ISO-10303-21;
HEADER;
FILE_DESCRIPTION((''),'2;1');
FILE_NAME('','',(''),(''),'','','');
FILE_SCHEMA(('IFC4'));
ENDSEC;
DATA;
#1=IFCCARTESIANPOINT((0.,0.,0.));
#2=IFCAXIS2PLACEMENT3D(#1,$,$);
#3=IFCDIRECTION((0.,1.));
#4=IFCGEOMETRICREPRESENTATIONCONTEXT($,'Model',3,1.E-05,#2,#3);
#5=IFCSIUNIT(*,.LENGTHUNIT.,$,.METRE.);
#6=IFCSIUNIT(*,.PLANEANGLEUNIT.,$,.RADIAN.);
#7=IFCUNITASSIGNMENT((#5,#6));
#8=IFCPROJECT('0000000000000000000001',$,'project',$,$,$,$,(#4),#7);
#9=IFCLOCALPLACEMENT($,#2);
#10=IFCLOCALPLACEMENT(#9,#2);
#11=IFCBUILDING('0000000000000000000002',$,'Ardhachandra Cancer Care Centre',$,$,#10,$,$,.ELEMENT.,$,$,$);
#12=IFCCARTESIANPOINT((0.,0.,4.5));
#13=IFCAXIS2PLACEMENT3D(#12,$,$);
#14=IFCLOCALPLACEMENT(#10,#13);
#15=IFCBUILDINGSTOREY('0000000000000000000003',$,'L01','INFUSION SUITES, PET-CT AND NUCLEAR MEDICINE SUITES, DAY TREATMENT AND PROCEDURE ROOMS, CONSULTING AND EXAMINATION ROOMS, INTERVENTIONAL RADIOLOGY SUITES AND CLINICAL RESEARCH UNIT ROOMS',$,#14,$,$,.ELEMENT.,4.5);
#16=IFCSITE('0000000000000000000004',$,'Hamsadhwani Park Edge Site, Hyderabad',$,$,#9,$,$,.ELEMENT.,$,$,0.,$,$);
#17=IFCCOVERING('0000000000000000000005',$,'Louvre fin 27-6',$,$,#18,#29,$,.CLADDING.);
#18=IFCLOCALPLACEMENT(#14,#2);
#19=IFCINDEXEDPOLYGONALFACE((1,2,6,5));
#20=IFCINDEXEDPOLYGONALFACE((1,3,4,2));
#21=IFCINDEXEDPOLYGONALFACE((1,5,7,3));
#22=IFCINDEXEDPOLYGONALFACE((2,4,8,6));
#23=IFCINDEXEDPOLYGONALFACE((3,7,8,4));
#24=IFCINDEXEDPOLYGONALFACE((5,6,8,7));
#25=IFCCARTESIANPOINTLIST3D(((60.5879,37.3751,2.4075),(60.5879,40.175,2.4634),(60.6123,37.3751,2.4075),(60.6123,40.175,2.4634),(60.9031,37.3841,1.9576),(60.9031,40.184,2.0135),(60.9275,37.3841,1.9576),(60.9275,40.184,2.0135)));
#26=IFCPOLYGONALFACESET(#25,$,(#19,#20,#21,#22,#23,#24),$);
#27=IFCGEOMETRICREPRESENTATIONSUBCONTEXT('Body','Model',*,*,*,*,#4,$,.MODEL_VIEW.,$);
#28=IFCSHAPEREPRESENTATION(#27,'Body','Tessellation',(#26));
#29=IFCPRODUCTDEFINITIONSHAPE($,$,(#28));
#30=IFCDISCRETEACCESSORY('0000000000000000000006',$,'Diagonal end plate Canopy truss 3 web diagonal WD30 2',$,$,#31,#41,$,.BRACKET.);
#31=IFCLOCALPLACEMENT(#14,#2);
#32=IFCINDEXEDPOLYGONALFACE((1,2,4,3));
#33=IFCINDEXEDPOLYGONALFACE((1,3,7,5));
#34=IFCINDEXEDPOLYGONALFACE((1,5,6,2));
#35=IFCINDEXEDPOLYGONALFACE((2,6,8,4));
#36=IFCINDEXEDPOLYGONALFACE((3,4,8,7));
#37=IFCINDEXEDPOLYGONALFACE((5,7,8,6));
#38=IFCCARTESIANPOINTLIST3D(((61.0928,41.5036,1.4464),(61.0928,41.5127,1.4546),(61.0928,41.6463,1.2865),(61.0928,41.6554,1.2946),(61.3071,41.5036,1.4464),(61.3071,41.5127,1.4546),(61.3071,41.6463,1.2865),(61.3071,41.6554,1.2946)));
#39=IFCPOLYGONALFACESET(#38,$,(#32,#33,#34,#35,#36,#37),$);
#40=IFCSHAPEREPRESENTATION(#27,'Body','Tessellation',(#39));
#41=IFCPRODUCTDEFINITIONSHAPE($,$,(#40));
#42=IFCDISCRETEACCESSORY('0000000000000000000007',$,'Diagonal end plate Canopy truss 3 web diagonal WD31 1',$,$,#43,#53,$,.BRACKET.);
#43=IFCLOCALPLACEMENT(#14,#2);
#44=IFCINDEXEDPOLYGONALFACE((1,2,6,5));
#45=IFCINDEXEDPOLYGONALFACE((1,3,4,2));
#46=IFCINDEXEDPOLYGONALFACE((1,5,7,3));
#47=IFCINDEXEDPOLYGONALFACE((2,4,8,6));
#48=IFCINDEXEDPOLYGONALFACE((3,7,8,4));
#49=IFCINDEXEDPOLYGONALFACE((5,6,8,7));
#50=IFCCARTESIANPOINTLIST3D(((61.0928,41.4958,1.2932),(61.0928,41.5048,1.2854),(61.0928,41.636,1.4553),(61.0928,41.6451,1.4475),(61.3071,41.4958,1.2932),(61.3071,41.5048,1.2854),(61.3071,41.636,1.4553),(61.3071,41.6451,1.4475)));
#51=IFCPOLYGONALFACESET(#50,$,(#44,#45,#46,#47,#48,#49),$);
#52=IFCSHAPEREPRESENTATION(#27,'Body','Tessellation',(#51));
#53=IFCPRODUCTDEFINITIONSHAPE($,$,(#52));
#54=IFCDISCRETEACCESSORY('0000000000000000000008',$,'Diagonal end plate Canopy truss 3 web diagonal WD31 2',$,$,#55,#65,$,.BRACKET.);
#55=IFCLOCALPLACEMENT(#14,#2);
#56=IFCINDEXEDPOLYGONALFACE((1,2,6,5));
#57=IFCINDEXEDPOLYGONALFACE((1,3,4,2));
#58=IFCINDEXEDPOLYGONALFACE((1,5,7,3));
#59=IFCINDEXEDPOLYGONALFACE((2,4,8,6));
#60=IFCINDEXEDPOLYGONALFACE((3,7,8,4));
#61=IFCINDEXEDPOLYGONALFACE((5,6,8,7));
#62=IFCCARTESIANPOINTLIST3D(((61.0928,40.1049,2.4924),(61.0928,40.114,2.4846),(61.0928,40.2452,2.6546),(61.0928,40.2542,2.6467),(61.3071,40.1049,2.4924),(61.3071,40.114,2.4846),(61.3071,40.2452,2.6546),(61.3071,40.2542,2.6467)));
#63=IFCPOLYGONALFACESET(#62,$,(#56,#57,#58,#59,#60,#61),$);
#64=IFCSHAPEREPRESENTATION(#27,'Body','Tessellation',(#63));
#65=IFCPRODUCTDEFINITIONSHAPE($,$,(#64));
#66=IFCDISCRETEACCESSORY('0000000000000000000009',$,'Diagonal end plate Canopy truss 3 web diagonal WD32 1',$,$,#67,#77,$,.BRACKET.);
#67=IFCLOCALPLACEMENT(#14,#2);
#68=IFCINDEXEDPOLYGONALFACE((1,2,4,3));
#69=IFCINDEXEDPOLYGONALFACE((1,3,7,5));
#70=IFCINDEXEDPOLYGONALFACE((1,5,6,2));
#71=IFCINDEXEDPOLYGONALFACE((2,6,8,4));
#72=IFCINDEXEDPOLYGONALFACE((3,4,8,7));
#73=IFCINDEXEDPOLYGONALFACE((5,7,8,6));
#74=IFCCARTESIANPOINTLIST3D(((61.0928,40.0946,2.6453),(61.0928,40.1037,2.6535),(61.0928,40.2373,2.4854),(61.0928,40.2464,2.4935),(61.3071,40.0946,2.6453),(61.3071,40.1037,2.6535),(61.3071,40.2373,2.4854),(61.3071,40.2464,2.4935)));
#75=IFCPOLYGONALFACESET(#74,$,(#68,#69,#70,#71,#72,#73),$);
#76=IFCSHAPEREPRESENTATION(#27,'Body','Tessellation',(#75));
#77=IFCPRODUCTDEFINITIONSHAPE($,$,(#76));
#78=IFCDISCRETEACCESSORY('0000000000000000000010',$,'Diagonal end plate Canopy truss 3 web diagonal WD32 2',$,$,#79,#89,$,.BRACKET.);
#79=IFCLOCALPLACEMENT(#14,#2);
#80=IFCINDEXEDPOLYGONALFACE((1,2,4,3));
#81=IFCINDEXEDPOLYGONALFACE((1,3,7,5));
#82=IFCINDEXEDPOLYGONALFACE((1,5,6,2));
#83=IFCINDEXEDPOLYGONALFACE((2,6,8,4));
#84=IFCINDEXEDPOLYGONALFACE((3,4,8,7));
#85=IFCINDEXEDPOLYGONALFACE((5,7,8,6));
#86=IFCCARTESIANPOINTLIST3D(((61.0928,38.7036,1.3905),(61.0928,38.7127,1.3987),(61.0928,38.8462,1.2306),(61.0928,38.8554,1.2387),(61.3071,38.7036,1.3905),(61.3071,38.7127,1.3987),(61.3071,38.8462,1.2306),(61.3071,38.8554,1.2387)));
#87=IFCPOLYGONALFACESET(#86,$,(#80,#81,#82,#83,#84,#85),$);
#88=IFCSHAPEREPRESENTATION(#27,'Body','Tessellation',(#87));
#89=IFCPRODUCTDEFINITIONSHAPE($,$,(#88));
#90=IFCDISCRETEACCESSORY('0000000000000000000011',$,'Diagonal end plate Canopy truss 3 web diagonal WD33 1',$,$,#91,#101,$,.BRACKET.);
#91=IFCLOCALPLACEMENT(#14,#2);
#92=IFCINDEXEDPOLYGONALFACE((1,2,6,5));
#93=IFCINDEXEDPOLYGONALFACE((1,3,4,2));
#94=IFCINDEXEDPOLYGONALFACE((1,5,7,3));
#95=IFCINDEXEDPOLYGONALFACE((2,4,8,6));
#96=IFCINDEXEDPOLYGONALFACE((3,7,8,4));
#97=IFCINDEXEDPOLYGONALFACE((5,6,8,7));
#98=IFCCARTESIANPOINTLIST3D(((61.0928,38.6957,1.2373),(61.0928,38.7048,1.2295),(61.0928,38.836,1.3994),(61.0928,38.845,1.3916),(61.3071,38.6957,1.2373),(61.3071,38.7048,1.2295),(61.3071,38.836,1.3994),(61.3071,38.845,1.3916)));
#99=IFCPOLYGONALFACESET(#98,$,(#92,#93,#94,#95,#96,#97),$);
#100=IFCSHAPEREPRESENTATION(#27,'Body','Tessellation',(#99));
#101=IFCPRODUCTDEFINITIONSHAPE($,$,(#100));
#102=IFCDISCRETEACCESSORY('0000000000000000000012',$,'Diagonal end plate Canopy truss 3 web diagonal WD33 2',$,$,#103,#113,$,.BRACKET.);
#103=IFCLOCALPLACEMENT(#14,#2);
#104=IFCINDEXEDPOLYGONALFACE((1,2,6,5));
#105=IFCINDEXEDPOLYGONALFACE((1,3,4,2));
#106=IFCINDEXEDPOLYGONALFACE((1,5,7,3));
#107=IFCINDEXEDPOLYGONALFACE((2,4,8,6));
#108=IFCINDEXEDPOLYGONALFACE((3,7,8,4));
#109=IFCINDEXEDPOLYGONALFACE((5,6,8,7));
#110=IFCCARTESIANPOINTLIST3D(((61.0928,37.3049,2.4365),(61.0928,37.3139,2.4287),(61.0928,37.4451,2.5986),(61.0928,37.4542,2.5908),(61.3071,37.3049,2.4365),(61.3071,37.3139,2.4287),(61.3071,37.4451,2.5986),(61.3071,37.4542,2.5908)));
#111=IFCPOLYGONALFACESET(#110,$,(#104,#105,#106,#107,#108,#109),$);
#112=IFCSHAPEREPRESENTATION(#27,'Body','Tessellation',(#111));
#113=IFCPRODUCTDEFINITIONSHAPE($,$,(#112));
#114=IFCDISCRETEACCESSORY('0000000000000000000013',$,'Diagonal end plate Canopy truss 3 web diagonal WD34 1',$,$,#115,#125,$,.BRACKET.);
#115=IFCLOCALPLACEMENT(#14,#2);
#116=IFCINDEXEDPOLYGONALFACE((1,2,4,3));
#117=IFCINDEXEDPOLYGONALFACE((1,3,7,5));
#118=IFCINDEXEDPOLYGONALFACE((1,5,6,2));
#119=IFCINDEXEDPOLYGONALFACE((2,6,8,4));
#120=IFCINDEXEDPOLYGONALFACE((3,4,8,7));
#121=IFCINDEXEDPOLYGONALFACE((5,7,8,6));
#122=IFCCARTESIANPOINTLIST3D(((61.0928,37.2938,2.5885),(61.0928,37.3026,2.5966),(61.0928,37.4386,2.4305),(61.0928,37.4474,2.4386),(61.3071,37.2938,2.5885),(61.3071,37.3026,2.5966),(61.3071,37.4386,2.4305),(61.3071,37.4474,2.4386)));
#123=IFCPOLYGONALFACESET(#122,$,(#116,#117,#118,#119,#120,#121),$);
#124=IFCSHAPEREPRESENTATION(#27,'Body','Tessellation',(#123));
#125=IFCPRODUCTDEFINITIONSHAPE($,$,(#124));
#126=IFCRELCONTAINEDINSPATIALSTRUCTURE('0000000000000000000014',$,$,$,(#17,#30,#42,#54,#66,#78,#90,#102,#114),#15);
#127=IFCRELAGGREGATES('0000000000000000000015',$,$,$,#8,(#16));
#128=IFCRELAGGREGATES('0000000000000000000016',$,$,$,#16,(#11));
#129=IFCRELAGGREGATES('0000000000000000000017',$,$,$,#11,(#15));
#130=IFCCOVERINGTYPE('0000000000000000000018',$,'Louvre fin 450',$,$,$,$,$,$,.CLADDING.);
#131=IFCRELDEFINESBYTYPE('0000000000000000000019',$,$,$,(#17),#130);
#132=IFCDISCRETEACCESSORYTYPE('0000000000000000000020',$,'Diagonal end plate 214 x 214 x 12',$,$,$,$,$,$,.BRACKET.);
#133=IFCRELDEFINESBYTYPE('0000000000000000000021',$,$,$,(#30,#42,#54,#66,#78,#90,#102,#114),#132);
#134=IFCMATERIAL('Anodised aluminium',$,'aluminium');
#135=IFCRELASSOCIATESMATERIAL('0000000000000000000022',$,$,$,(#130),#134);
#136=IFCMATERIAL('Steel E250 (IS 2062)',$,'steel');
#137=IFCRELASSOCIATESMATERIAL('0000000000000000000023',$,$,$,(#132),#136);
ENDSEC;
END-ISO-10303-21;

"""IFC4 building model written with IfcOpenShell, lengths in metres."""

from ifc_helpers import new_model, si_unit, direction, frame, origin, origin_2d, place, context, subcontext, project, spatial, polyline, rectangle, outline, extrude, material, material_profile, profile_set, type_object, element, save


model = new_model("IFC4")

# Units and contexts
model_context = context("Model", 3, precision=1e-05, world=origin(), true_north=direction((0.0, 1.0)))
body_context = subcontext(model_context, "Body", "Model", "MODEL_VIEW")
ifc_project = project(units=[si_unit("LENGTHUNIT", "METRE"), si_unit("PLANEANGLEUNIT", "RADIAN")], contexts=[model_context])

# Site, building, storey
site_placement = place(None, origin())
site = spatial("IfcSite", under=ifc_project, at=site_placement, Name="Hamsadhwani Park Edge Site, Hyderabad", CompositionType="ELEMENT", RefElevation=0.0)
building_placement = place(site_placement, origin())
building = spatial("IfcBuilding", under=site, at=building_placement, Name="Ardhachandra Cancer Care Centre", CompositionType="ELEMENT")
storey_placement = place(building_placement, frame((0.0, 0.0, 4.5)))
storey = spatial("IfcBuildingStorey", under=building, at=storey_placement, Name="L01", Description="INFUSION SUITES, PET-CT AND NUCLEAR MEDICINE SUITES, DAY TREATMENT AND PROCEDURE ROOMS, CONSULTING AND EXAMINATION ROOMS, INTERVENTIONAL RADIOLOGY SUITES AND CLINICAL RESEARCH UNIT ROOMS", CompositionType="ELEMENT", Elevation=4.5)

# Covering
ifc_material_1 = material(Name="Anodised aluminium", Category="aluminium")
ifc_material_profile_1 = material_profile(ifc_material_1, outline(polyline([(-0.0122, 0.0), (0.0122, 0.0), (0.3274, -0.45), (0.303, -0.45), (-0.0122, 0.0)])), Name="Louvre fin 450")
ifc_profile_set_1 = profile_set([ifc_material_profile_1], Name="Anodised aluminium")
covering_type = type_object("IfcCoveringType", Name="Louvre fin 450", PredefinedType="CLADDING", material=ifc_profile_set_1)
for number, where, z_axis, x_axis, name in (
    (1, (60.6001, 40.175, 2.4634), (0.0, -0.999801, -0.019963), (1.0, 0.0, 0.0), "Louvre fin 27-6"),
):
    element("IfcCovering", number, at=place(storey_placement, frame(where, z_axis=z_axis, x_axis=x_axis)), inside=storey, type_object=covering_type, Name=name, PredefinedType="CLADDING", context=body_context, shape_type="SweptSolid", body=[
        extrude(outline(polyline([(-0.0122, 0.0), (0.0122, 0.0), (0.3274, -0.45), (0.303, -0.45), (-0.0122, 0.0)])), origin(), (0.0, 0.0, 1.0), 2.8005),
    ])

# Discrete accessories
ifc_material_2 = material(Name="Steel E250 (IS 2062)", Category="steel")
ifc_material_profile_2 = material_profile(ifc_material_2, rectangle(XDim=0.2144, YDim=0.2144, at=origin_2d()), Name="PL 214x214x12")
ifc_profile_set_2 = profile_set([ifc_material_profile_2], Name="Steel E250 (IS 2062)")
discrete_accessory_type = type_object("IfcDiscreteAccessoryType", Name="Diagonal end plate 214 x 214 x 12", PredefinedType="BRACKET", material=ifc_profile_set_2)
discrete_accessory_placement = place(storey_placement, frame((61.2, 41.575, 1.3665), z_axis=(0.0, 0.746295, 0.665615), x_axis=(-1.0, 0.0, 0.0)))
element("IfcDiscreteAccessory", 2, at=discrete_accessory_placement, inside=storey, type_object=discrete_accessory_type, Name="Diagonal end plate Canopy truss 3 web diagonal WD30 2", PredefinedType="BRACKET", context=body_context, shape_type="SweptSolid", body=[
    extrude(rectangle(XDim=0.2144, YDim=0.2144, at=origin_2d()), origin(), (0.0, 0.0, 1.0), 0.0122),
])
for number, where, z_axis, x_axis, name in (
    (3, (61.2, 41.575, 1.3665), (0.0, -0.756363, 0.654152), (1.0, 0.0, 0.0), "Diagonal end plate Canopy truss 3 web diagonal WD31 1"),
    (4, (61.2, 40.175, 2.5735), (0.0, 0.756363, -0.654152), (-1.0, 0.0, 0.0), "Diagonal end plate Canopy truss 3 web diagonal WD31 2"),
):
    element("IfcDiscreteAccessory", number, at=place(storey_placement, frame(where, z_axis=z_axis, x_axis=x_axis)), inside=storey, type_object=discrete_accessory_type, Name=name, PredefinedType="BRACKET", context=body_context, shape_type="SweptSolid", body=[
        extrude(rectangle(XDim=0.2144, YDim=0.2144, at=origin_2d()), origin(), (0.0, 0.0, 1.0), 0.012),
    ])
for number, where, z_axis, x_axis, name in (
    (5, (61.2, 40.175, 2.5735), (0.0, -0.746295, -0.665615), (1.0, 0.0, 0.0), "Diagonal end plate Canopy truss 3 web diagonal WD32 1"),
    (6, (61.2, 38.7749, 1.3105), (0.0, 0.746295, 0.665615), (-1.0, 0.0, 0.0), "Diagonal end plate Canopy truss 3 web diagonal WD32 2"),
):
    element("IfcDiscreteAccessory", number, at=place(storey_placement, frame(where, z_axis=z_axis, x_axis=x_axis)), inside=storey, type_object=discrete_accessory_type, Name=name, PredefinedType="BRACKET", context=body_context, shape_type="SweptSolid", body=[
        extrude(rectangle(XDim=0.2144, YDim=0.2144, at=origin_2d()), origin(), (0.0, 0.0, 1.0), 0.0122),
    ])
for number, where, z_axis, x_axis, name in (
    (7, (61.2, 38.7749, 1.3105), (0.0, -0.756363, 0.654152), (1.0, 0.0, 0.0), "Diagonal end plate Canopy truss 3 web diagonal WD33 1"),
    (8, (61.2, 37.375, 2.5176), (0.0, 0.756363, -0.654152), (-1.0, 0.0, 0.0), "Diagonal end plate Canopy truss 3 web diagonal WD33 2"),
    (9, (61.2, 37.375, 2.5176), (0.0, -0.737154, -0.675725), (1.0, 0.0, 0.0), "Diagonal end plate Canopy truss 3 web diagonal WD34 1"),
):
    element("IfcDiscreteAccessory", number, at=place(storey_placement, frame(where, z_axis=z_axis, x_axis=x_axis)), inside=storey, type_object=discrete_accessory_type, Name=name, PredefinedType="BRACKET", context=body_context, shape_type="SweptSolid", body=[
        extrude(rectangle(XDim=0.2144, YDim=0.2144, at=origin_2d()), origin(), (0.0, 0.0, 1.0), 0.012),
    ])

save(model, "model.ifc")
